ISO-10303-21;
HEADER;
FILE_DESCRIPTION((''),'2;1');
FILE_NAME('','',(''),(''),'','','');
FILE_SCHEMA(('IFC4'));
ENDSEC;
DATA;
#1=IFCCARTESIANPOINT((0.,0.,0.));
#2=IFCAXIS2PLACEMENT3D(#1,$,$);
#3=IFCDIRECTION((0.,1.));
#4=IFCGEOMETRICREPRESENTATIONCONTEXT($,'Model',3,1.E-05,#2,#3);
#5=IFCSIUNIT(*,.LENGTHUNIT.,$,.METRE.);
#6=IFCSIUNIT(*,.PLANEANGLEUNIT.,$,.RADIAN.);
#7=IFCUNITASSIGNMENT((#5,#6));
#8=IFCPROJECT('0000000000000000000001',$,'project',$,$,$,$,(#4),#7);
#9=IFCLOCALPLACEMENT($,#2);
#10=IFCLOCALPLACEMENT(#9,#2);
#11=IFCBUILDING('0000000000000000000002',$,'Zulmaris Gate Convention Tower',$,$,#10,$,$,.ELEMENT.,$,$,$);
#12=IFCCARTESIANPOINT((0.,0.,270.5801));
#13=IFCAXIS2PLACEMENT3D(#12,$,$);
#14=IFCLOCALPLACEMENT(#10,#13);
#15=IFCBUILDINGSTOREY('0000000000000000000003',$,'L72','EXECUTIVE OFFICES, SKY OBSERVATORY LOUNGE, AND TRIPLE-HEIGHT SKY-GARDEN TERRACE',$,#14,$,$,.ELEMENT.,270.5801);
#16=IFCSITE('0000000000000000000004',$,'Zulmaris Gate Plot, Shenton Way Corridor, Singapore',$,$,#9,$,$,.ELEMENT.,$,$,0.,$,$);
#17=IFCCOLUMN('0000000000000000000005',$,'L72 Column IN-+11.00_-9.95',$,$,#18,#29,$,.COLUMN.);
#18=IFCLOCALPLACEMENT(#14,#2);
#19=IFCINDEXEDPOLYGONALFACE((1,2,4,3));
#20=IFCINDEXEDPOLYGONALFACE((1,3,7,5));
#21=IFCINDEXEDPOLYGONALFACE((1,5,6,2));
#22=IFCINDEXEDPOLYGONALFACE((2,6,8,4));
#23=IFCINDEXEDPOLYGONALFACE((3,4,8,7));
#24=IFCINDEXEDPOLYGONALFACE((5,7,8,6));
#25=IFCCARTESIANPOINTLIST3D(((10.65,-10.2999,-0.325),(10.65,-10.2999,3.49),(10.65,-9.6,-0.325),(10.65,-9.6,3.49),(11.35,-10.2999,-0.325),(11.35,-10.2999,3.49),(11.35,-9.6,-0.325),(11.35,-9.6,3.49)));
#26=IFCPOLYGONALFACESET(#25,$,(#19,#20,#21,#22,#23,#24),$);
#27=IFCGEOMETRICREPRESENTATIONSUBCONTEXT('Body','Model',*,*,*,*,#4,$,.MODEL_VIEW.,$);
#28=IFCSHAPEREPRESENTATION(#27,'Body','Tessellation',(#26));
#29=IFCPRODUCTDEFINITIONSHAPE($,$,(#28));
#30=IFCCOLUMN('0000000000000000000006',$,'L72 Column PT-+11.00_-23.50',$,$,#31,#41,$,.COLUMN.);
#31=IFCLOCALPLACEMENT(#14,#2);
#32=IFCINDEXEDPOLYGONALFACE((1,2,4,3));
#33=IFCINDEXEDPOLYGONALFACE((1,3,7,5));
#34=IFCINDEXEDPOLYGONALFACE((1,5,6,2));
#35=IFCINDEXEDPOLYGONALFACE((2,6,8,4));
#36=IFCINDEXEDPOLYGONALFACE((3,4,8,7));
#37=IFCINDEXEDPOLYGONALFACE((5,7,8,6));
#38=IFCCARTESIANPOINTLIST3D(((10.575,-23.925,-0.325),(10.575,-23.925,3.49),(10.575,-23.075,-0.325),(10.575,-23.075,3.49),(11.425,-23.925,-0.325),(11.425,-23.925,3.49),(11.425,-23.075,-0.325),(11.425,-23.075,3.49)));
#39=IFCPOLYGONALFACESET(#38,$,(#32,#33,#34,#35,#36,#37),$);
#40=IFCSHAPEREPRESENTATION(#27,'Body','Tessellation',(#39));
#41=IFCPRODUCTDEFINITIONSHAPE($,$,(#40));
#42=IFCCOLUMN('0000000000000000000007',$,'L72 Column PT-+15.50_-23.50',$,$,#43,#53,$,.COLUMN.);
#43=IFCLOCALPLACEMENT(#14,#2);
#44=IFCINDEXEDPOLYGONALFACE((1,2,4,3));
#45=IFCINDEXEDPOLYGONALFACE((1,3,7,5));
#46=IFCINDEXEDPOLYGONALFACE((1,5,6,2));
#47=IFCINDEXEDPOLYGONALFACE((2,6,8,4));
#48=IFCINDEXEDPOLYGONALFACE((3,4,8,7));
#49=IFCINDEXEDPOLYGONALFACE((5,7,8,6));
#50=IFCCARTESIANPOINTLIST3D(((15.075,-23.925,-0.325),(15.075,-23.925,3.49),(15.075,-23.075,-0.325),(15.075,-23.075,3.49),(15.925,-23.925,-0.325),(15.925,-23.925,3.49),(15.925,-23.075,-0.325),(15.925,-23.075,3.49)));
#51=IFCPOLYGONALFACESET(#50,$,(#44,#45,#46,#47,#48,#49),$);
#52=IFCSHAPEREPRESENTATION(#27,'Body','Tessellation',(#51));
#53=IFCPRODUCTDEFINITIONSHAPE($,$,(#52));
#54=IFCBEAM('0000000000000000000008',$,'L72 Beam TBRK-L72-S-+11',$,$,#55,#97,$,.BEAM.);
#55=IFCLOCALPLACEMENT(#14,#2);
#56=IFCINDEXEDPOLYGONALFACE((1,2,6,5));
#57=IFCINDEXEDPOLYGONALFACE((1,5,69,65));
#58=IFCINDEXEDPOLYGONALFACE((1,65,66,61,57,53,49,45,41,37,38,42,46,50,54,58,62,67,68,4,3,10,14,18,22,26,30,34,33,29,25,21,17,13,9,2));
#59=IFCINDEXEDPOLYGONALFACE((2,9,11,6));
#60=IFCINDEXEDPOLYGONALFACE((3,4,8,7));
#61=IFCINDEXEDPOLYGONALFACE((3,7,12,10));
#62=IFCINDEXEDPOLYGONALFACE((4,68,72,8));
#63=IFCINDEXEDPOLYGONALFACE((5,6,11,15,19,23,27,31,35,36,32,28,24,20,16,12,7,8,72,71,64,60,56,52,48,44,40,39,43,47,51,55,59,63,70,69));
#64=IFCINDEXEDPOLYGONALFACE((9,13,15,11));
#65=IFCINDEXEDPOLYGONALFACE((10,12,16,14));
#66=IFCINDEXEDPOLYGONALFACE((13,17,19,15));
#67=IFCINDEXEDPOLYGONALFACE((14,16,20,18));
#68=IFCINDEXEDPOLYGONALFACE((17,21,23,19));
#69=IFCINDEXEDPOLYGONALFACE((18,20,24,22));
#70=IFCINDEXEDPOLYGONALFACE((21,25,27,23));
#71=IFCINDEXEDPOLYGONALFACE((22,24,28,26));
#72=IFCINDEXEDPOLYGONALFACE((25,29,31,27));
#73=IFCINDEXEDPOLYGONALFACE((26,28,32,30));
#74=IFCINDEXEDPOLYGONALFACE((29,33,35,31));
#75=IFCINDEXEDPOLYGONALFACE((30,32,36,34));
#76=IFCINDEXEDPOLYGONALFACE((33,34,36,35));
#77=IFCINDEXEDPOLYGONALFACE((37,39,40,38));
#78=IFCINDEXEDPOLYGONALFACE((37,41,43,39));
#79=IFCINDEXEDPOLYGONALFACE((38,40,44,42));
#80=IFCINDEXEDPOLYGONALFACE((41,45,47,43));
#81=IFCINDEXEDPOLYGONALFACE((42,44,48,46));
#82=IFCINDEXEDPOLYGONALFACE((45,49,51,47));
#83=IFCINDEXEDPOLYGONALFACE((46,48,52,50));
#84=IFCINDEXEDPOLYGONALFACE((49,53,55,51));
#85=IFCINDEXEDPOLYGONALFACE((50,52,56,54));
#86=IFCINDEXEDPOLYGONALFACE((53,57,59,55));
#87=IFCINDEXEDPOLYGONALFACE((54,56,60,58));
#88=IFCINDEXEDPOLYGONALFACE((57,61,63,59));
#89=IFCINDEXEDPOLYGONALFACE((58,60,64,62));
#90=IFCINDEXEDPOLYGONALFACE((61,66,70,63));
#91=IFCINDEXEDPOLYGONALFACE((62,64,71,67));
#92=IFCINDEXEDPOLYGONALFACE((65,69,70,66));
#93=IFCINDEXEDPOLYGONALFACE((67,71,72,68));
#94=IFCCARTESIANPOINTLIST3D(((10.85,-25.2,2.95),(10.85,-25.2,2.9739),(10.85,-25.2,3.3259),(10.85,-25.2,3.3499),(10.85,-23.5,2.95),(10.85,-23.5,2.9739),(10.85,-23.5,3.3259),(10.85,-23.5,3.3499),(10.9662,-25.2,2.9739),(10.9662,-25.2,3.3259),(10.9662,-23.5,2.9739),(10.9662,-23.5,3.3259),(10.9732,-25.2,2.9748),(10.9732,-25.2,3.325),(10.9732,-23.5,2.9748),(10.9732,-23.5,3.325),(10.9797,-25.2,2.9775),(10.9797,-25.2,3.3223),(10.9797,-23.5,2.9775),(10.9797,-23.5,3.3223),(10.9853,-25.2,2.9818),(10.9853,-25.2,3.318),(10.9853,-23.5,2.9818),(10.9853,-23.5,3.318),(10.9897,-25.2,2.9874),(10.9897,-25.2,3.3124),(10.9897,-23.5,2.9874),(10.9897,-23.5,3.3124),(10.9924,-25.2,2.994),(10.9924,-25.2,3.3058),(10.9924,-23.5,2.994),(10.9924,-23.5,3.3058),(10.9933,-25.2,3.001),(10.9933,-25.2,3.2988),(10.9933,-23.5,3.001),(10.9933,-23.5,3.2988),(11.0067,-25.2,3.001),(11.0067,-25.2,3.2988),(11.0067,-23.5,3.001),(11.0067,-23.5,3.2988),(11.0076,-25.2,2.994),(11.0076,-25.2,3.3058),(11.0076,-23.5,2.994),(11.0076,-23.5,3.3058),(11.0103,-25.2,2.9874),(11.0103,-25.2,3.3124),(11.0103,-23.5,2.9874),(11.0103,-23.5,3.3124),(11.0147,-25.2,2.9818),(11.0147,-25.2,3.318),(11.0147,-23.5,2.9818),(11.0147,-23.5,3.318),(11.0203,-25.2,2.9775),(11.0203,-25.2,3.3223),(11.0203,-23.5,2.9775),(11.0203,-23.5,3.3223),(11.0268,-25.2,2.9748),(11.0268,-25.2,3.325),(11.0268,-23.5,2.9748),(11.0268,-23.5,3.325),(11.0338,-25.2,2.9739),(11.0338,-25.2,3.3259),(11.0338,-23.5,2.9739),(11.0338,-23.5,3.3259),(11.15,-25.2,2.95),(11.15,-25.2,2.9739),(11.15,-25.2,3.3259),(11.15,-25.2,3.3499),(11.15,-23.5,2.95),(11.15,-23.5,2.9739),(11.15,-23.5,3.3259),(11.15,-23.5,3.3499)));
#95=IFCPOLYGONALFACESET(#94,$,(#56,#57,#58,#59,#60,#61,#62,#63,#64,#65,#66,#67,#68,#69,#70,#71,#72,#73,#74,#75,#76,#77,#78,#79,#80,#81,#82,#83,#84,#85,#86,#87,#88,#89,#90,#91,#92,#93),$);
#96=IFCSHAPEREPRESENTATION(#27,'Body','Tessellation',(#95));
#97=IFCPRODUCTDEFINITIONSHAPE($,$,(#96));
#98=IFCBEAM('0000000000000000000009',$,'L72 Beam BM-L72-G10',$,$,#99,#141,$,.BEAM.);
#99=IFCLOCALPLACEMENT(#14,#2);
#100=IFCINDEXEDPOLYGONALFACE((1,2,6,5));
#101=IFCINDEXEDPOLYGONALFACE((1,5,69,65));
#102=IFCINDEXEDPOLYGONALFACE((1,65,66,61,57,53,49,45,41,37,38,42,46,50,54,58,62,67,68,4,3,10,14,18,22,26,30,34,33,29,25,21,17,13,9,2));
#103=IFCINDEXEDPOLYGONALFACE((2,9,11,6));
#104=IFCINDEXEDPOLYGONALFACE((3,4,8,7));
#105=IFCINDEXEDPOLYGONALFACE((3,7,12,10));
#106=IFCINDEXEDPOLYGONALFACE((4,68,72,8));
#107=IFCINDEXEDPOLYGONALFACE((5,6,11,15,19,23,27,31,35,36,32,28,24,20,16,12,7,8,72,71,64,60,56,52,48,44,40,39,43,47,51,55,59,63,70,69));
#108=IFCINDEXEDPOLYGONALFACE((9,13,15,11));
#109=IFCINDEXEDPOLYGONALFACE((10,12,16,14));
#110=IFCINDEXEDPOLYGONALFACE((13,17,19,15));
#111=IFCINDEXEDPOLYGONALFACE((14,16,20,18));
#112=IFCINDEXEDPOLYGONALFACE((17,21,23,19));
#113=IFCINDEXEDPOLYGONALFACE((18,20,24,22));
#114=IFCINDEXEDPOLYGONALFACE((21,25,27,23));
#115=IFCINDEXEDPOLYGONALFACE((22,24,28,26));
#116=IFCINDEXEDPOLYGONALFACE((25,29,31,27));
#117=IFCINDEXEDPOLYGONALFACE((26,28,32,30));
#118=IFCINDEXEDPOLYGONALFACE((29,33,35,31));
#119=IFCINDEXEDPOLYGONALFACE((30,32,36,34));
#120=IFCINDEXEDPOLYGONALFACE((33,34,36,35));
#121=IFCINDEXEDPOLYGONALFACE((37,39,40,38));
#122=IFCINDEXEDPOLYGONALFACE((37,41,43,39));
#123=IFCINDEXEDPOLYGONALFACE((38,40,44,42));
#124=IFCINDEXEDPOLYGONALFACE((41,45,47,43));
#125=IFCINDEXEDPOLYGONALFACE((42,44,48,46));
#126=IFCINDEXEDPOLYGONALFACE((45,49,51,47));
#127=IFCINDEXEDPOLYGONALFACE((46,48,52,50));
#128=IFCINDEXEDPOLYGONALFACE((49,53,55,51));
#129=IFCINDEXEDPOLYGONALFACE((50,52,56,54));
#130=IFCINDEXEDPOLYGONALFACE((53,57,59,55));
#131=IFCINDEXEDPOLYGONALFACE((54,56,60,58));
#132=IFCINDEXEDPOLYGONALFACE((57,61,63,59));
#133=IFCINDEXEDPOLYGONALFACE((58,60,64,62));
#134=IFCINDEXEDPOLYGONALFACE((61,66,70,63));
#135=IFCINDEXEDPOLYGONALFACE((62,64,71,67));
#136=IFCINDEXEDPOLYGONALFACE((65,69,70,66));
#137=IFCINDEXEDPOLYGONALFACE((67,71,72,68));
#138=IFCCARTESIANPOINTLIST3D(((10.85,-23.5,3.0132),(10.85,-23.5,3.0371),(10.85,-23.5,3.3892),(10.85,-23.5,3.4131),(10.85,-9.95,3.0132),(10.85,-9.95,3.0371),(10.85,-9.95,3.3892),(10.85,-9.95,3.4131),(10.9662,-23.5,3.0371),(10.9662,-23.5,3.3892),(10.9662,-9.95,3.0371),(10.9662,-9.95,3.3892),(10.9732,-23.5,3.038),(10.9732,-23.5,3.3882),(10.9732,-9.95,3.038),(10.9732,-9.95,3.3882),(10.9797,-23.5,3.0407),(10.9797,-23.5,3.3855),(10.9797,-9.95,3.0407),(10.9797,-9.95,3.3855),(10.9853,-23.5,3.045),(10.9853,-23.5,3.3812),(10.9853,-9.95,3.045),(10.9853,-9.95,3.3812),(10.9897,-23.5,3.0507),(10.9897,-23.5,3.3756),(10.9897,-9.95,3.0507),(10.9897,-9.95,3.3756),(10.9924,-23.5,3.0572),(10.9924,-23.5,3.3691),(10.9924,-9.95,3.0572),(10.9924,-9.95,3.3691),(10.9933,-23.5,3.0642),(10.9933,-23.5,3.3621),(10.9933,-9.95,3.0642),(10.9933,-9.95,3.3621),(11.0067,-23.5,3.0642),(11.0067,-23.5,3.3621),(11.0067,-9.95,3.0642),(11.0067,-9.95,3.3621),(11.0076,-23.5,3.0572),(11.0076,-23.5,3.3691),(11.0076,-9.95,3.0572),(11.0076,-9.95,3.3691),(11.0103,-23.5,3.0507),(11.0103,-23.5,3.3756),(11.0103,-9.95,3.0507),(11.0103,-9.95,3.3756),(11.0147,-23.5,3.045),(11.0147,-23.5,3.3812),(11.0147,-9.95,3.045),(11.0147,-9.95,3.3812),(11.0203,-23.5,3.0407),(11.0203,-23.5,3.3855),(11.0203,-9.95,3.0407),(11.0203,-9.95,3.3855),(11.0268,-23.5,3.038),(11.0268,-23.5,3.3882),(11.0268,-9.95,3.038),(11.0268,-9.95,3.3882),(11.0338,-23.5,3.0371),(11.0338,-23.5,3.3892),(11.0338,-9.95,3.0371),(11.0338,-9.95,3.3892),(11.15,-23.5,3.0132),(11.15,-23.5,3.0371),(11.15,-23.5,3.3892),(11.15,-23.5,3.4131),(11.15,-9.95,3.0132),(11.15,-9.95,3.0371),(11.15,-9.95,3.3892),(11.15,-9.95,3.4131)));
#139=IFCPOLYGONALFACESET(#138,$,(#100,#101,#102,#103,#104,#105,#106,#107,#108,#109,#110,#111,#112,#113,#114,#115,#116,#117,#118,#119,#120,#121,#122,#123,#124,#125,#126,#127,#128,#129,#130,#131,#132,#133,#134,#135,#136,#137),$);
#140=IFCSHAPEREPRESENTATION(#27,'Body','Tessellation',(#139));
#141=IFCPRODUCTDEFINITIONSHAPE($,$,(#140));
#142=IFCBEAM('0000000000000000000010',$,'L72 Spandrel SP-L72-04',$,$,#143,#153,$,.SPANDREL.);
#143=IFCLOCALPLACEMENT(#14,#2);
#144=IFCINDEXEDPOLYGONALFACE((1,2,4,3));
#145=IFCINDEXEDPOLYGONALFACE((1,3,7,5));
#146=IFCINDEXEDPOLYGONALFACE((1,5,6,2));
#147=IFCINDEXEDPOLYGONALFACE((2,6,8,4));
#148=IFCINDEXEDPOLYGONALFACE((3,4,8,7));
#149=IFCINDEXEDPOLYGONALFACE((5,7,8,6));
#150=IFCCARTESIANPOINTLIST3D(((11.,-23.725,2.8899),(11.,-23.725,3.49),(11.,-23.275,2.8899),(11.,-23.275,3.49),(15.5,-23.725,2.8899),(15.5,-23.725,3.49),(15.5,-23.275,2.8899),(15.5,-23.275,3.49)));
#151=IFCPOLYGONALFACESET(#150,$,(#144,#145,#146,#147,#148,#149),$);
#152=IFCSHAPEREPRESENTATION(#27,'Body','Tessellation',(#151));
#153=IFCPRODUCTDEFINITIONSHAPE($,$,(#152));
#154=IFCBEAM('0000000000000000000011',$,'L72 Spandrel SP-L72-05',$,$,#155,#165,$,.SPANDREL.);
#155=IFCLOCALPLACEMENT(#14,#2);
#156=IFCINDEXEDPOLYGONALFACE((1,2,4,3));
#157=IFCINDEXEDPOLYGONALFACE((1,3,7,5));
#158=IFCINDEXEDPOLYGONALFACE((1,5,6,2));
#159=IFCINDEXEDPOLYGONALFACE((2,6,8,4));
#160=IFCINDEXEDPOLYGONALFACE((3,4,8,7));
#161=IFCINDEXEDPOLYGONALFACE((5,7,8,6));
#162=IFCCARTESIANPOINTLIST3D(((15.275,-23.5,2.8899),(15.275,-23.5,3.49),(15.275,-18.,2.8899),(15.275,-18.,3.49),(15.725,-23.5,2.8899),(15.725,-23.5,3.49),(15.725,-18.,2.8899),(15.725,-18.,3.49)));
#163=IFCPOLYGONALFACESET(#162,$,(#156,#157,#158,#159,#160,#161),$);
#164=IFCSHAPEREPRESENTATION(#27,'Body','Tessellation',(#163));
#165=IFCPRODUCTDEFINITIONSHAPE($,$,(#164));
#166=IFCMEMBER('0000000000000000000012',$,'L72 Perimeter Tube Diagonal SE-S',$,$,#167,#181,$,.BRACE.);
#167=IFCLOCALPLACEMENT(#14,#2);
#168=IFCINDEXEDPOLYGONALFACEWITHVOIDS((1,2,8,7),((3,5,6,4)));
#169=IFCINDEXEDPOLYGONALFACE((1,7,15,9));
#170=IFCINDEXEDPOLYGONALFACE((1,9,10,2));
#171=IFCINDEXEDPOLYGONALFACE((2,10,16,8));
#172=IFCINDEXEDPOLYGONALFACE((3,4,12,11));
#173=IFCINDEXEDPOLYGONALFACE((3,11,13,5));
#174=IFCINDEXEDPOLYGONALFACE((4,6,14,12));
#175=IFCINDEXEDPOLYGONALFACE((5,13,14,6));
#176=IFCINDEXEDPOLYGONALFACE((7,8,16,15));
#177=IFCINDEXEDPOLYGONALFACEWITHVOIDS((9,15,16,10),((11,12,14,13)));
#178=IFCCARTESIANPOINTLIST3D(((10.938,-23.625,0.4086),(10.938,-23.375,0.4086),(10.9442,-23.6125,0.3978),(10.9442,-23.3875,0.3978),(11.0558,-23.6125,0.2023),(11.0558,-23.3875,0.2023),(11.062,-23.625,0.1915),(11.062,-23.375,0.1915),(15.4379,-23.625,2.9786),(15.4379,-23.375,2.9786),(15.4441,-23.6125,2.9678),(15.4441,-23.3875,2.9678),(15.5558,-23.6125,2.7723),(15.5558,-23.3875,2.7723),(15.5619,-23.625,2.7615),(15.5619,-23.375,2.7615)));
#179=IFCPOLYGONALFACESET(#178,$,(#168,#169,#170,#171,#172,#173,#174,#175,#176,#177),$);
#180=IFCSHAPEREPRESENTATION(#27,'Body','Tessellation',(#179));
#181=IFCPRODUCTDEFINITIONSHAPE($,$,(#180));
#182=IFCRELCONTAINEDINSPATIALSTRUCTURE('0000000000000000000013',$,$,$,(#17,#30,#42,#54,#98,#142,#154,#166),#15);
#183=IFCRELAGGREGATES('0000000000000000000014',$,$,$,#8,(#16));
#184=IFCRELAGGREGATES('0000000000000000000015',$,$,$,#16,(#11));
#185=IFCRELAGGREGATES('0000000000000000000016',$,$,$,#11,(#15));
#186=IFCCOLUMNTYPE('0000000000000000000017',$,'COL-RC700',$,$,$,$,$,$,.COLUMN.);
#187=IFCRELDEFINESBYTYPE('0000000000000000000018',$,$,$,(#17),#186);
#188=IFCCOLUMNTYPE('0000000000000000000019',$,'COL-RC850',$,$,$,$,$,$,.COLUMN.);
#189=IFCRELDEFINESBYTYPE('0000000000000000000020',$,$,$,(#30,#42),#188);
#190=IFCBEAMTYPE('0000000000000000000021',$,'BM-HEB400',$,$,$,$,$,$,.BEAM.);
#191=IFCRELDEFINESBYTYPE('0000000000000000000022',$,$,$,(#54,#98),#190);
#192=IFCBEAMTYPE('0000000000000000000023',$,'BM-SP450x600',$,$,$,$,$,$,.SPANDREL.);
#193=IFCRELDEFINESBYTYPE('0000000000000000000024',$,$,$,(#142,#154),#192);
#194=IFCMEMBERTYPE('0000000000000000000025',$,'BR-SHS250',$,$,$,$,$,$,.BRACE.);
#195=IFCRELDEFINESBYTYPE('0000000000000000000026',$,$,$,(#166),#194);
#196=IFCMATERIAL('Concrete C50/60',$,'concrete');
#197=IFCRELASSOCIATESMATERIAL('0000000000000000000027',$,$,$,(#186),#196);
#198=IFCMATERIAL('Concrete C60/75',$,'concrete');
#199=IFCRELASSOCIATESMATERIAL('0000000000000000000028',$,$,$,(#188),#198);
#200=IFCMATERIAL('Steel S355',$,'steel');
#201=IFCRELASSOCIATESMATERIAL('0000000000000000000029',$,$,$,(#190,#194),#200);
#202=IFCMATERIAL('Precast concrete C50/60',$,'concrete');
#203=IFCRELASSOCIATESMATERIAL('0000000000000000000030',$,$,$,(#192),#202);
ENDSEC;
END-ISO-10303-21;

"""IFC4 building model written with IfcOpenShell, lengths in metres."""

from ifc_helpers import new_model, si_unit, direction, frame, origin, origin_2d, place, context, subcontext, project, spatial, rectangle, hollow_rectangle, i_section, extrude, material, material_profile, profile_set, type_object, element, save


model = new_model("IFC4")

# Units and contexts
model_context = context("Model", 3, precision=1e-05, world=origin(), true_north=direction((0.0, 1.0)))
body_context = subcontext(model_context, "Body", "Model", "MODEL_VIEW")
ifc_project = project(units=[si_unit("LENGTHUNIT", "METRE"), si_unit("PLANEANGLEUNIT", "RADIAN")], contexts=[model_context])

# Site, building, storey
site_placement = place(None, origin())
site = spatial("IfcSite", under=ifc_project, at=site_placement, Name="Zulmaris Gate Plot, Shenton Way Corridor, Singapore", CompositionType="ELEMENT", RefElevation=0.0)
building_placement = place(site_placement, origin())
building = spatial("IfcBuilding", under=site, at=building_placement, Name="Zulmaris Gate Convention Tower", CompositionType="ELEMENT")
storey_placement = place(building_placement, frame((0.0, 0.0, 270.5801)))
storey = spatial("IfcBuildingStorey", under=building, at=storey_placement, Name="L72", Description="EXECUTIVE OFFICES, SKY OBSERVATORY LOUNGE, AND TRIPLE-HEIGHT SKY-GARDEN TERRACE", CompositionType="ELEMENT", Elevation=270.5801)

# Columns
ifc_material_1 = material(Name="Concrete C50/60", Category="concrete")
ifc_material_profile_1 = material_profile(ifc_material_1, rectangle(XDim=0.7, YDim=0.7, at=origin_2d()), Name="RC COL 700x700")
ifc_profile_set_1 = profile_set([ifc_material_profile_1], Name="Concrete C50/60")
column_type_1 = type_object("IfcColumnType", Name="COL-RC700", PredefinedType="COLUMN", material=ifc_profile_set_1)
column_placement = place(storey_placement, frame((11.0, -9.95, -0.325), z_axis=(0.0, 0.0, 1.0), x_axis=(1.0, 0.0, 0.0)))
element("IfcColumn", 1, at=column_placement, inside=storey, type_object=column_type_1, Name="L72 Column IN-+11.00_-9.95", PredefinedType="COLUMN", context=body_context, shape_type="SweptSolid", body=[
    extrude(rectangle(XDim=0.7, YDim=0.7, at=origin_2d()), origin(), (0.0, 0.0, 1.0), 3.8149),
])
ifc_material_2 = material(Name="Concrete C60/75", Category="concrete")
ifc_material_profile_2 = material_profile(ifc_material_2, rectangle(XDim=0.8501, YDim=0.8501, at=origin_2d()), Name="RC COL 850x850")
ifc_profile_set_2 = profile_set([ifc_material_profile_2], Name="Concrete C60/75")
column_type_2 = type_object("IfcColumnType", Name="COL-RC850", PredefinedType="COLUMN", material=ifc_profile_set_2)
for number, where, z_axis, x_axis, name in (
    (2, (11.0, -23.5, -0.325), (0.0, 0.0, 1.0), (1.0, 0.0, 0.0), "L72 Column PT-+11.00_-23.50"),
    (3, (15.5, -23.5, -0.325), (0.0, 0.0, 1.0), (1.0, 0.0, 0.0), "L72 Column PT-+15.50_-23.50"),
):
    element("IfcColumn", number, at=place(storey_placement, frame(where, z_axis=z_axis, x_axis=x_axis)), inside=storey, type_object=column_type_2, Name=name, PredefinedType="COLUMN", context=body_context, shape_type="SweptSolid", body=[
        extrude(rectangle(XDim=0.8501, YDim=0.8501, at=origin_2d()), origin(), (0.0, 0.0, 1.0), 3.8149),
    ])

# Beams
ifc_material_3 = material(Name="Steel S355", Category="steel")
ifc_material_profile_3 = material_profile(ifc_material_3, i_section(OverallWidth=0.3, OverallDepth=0.3999, WebThickness=0.0134, FlangeThickness=0.0239, FilletRadius=0.0271, at=origin_2d()), Name="HEB 400")
ifc_profile_set_3 = profile_set([ifc_material_profile_3], Name="Steel S355")
beam_type_1 = type_object("IfcBeamType", Name="BM-HEB400", PredefinedType="BEAM", material=ifc_profile_set_3)
beam_1_placement = place(storey_placement, frame((11.0, -25.2, 3.1499), z_axis=(0.0, 1.0, 0.0), x_axis=(-1.0, 0.0, 0.0)))
element("IfcBeam", 4, at=beam_1_placement, inside=storey, type_object=beam_type_1, Name="L72 Beam TBRK-L72-S-+11", PredefinedType="BEAM", context=body_context, shape_type="SweptSolid", body=[
    extrude(i_section(OverallWidth=0.3, OverallDepth=0.3999, WebThickness=0.0134, FlangeThickness=0.0239, FilletRadius=0.0271, at=origin_2d()), origin(), (0.0, 0.0, 1.0), 1.7),
])
beam_2_placement = place(storey_placement, frame((11.0, -23.5, 3.2131), z_axis=(0.0, 1.0, 0.0), x_axis=(-1.0, 0.0, 0.0)))
element("IfcBeam", 5, at=beam_2_placement, inside=storey, type_object=beam_type_1, Name="L72 Beam BM-L72-G10", PredefinedType="BEAM", context=body_context, shape_type="SweptSolid", body=[
    extrude(i_section(OverallWidth=0.3, OverallDepth=0.3999, WebThickness=0.0134, FlangeThickness=0.0239, FilletRadius=0.0271, at=origin_2d()), origin(), (0.0, 0.0, 1.0), 13.55),
])
ifc_material_4 = material(Name="Precast concrete C50/60", Category="concrete")
ifc_material_profile_4 = material_profile(ifc_material_4, rectangle(XDim=0.45, YDim=0.6001, at=origin_2d()), Name="RC SPANDREL 450x600")
ifc_profile_set_4 = profile_set([ifc_material_profile_4], Name="Precast concrete C50/60")
beam_type_2 = type_object("IfcBeamType", Name="BM-SP450x600", PredefinedType="SPANDREL", material=ifc_profile_set_4)
beam_3_placement = place(storey_placement, frame((11.0, -23.5, 3.1899), z_axis=(1.0, 0.0, 0.0), x_axis=(0.0, 1.0, 0.0)))
element("IfcBeam", 6, at=beam_3_placement, inside=storey, type_object=beam_type_2, Name="L72 Spandrel SP-L72-04", PredefinedType="SPANDREL", context=body_context, shape_type="SweptSolid", body=[
    extrude(rectangle(XDim=0.45, YDim=0.6001, at=origin_2d()), origin(), (0.0, 0.0, 1.0), 4.5),
])
beam_4_placement = place(storey_placement, frame((15.5, -23.5, 3.1899), z_axis=(0.0, 1.0, 0.0), x_axis=(-1.0, 0.0, 0.0)))
element("IfcBeam", 7, at=beam_4_placement, inside=storey, type_object=beam_type_2, Name="L72 Spandrel SP-L72-05", PredefinedType="SPANDREL", context=body_context, shape_type="SweptSolid", body=[
    extrude(rectangle(XDim=0.45, YDim=0.6001, at=origin_2d()), origin(), (0.0, 0.0, 1.0), 5.5),
])

# Member
ifc_material_profile_5 = material_profile(ifc_material_3, hollow_rectangle(XDim=0.25, YDim=0.25, WallThickness=0.0125, at=origin_2d()), Name="SHS 250x250x12.5")
ifc_profile_set_5 = profile_set([ifc_material_profile_5], Name="Steel S355")
member_type = type_object("IfcMemberType", Name="BR-SHS250", PredefinedType="BRACE", material=ifc_profile_set_5)
member_placement = place(storey_placement, frame((11.0, -23.5, 0.3), z_axis=(0.868356, 0.0, 0.495941), x_axis=(0.0, 1.0, 0.0)))
element("IfcMember", 8, at=member_placement, inside=storey, type_object=member_type, Name="L72 Perimeter Tube Diagonal SE-S", PredefinedType="BRACE", context=body_context, shape_type="SweptSolid", body=[
    extrude(hollow_rectangle(XDim=0.25, YDim=0.25, WallThickness=0.0125, at=origin_2d()), origin(), (0.0, 0.0, 1.0), 5.1821),
])

save(model, "model.ifc")
